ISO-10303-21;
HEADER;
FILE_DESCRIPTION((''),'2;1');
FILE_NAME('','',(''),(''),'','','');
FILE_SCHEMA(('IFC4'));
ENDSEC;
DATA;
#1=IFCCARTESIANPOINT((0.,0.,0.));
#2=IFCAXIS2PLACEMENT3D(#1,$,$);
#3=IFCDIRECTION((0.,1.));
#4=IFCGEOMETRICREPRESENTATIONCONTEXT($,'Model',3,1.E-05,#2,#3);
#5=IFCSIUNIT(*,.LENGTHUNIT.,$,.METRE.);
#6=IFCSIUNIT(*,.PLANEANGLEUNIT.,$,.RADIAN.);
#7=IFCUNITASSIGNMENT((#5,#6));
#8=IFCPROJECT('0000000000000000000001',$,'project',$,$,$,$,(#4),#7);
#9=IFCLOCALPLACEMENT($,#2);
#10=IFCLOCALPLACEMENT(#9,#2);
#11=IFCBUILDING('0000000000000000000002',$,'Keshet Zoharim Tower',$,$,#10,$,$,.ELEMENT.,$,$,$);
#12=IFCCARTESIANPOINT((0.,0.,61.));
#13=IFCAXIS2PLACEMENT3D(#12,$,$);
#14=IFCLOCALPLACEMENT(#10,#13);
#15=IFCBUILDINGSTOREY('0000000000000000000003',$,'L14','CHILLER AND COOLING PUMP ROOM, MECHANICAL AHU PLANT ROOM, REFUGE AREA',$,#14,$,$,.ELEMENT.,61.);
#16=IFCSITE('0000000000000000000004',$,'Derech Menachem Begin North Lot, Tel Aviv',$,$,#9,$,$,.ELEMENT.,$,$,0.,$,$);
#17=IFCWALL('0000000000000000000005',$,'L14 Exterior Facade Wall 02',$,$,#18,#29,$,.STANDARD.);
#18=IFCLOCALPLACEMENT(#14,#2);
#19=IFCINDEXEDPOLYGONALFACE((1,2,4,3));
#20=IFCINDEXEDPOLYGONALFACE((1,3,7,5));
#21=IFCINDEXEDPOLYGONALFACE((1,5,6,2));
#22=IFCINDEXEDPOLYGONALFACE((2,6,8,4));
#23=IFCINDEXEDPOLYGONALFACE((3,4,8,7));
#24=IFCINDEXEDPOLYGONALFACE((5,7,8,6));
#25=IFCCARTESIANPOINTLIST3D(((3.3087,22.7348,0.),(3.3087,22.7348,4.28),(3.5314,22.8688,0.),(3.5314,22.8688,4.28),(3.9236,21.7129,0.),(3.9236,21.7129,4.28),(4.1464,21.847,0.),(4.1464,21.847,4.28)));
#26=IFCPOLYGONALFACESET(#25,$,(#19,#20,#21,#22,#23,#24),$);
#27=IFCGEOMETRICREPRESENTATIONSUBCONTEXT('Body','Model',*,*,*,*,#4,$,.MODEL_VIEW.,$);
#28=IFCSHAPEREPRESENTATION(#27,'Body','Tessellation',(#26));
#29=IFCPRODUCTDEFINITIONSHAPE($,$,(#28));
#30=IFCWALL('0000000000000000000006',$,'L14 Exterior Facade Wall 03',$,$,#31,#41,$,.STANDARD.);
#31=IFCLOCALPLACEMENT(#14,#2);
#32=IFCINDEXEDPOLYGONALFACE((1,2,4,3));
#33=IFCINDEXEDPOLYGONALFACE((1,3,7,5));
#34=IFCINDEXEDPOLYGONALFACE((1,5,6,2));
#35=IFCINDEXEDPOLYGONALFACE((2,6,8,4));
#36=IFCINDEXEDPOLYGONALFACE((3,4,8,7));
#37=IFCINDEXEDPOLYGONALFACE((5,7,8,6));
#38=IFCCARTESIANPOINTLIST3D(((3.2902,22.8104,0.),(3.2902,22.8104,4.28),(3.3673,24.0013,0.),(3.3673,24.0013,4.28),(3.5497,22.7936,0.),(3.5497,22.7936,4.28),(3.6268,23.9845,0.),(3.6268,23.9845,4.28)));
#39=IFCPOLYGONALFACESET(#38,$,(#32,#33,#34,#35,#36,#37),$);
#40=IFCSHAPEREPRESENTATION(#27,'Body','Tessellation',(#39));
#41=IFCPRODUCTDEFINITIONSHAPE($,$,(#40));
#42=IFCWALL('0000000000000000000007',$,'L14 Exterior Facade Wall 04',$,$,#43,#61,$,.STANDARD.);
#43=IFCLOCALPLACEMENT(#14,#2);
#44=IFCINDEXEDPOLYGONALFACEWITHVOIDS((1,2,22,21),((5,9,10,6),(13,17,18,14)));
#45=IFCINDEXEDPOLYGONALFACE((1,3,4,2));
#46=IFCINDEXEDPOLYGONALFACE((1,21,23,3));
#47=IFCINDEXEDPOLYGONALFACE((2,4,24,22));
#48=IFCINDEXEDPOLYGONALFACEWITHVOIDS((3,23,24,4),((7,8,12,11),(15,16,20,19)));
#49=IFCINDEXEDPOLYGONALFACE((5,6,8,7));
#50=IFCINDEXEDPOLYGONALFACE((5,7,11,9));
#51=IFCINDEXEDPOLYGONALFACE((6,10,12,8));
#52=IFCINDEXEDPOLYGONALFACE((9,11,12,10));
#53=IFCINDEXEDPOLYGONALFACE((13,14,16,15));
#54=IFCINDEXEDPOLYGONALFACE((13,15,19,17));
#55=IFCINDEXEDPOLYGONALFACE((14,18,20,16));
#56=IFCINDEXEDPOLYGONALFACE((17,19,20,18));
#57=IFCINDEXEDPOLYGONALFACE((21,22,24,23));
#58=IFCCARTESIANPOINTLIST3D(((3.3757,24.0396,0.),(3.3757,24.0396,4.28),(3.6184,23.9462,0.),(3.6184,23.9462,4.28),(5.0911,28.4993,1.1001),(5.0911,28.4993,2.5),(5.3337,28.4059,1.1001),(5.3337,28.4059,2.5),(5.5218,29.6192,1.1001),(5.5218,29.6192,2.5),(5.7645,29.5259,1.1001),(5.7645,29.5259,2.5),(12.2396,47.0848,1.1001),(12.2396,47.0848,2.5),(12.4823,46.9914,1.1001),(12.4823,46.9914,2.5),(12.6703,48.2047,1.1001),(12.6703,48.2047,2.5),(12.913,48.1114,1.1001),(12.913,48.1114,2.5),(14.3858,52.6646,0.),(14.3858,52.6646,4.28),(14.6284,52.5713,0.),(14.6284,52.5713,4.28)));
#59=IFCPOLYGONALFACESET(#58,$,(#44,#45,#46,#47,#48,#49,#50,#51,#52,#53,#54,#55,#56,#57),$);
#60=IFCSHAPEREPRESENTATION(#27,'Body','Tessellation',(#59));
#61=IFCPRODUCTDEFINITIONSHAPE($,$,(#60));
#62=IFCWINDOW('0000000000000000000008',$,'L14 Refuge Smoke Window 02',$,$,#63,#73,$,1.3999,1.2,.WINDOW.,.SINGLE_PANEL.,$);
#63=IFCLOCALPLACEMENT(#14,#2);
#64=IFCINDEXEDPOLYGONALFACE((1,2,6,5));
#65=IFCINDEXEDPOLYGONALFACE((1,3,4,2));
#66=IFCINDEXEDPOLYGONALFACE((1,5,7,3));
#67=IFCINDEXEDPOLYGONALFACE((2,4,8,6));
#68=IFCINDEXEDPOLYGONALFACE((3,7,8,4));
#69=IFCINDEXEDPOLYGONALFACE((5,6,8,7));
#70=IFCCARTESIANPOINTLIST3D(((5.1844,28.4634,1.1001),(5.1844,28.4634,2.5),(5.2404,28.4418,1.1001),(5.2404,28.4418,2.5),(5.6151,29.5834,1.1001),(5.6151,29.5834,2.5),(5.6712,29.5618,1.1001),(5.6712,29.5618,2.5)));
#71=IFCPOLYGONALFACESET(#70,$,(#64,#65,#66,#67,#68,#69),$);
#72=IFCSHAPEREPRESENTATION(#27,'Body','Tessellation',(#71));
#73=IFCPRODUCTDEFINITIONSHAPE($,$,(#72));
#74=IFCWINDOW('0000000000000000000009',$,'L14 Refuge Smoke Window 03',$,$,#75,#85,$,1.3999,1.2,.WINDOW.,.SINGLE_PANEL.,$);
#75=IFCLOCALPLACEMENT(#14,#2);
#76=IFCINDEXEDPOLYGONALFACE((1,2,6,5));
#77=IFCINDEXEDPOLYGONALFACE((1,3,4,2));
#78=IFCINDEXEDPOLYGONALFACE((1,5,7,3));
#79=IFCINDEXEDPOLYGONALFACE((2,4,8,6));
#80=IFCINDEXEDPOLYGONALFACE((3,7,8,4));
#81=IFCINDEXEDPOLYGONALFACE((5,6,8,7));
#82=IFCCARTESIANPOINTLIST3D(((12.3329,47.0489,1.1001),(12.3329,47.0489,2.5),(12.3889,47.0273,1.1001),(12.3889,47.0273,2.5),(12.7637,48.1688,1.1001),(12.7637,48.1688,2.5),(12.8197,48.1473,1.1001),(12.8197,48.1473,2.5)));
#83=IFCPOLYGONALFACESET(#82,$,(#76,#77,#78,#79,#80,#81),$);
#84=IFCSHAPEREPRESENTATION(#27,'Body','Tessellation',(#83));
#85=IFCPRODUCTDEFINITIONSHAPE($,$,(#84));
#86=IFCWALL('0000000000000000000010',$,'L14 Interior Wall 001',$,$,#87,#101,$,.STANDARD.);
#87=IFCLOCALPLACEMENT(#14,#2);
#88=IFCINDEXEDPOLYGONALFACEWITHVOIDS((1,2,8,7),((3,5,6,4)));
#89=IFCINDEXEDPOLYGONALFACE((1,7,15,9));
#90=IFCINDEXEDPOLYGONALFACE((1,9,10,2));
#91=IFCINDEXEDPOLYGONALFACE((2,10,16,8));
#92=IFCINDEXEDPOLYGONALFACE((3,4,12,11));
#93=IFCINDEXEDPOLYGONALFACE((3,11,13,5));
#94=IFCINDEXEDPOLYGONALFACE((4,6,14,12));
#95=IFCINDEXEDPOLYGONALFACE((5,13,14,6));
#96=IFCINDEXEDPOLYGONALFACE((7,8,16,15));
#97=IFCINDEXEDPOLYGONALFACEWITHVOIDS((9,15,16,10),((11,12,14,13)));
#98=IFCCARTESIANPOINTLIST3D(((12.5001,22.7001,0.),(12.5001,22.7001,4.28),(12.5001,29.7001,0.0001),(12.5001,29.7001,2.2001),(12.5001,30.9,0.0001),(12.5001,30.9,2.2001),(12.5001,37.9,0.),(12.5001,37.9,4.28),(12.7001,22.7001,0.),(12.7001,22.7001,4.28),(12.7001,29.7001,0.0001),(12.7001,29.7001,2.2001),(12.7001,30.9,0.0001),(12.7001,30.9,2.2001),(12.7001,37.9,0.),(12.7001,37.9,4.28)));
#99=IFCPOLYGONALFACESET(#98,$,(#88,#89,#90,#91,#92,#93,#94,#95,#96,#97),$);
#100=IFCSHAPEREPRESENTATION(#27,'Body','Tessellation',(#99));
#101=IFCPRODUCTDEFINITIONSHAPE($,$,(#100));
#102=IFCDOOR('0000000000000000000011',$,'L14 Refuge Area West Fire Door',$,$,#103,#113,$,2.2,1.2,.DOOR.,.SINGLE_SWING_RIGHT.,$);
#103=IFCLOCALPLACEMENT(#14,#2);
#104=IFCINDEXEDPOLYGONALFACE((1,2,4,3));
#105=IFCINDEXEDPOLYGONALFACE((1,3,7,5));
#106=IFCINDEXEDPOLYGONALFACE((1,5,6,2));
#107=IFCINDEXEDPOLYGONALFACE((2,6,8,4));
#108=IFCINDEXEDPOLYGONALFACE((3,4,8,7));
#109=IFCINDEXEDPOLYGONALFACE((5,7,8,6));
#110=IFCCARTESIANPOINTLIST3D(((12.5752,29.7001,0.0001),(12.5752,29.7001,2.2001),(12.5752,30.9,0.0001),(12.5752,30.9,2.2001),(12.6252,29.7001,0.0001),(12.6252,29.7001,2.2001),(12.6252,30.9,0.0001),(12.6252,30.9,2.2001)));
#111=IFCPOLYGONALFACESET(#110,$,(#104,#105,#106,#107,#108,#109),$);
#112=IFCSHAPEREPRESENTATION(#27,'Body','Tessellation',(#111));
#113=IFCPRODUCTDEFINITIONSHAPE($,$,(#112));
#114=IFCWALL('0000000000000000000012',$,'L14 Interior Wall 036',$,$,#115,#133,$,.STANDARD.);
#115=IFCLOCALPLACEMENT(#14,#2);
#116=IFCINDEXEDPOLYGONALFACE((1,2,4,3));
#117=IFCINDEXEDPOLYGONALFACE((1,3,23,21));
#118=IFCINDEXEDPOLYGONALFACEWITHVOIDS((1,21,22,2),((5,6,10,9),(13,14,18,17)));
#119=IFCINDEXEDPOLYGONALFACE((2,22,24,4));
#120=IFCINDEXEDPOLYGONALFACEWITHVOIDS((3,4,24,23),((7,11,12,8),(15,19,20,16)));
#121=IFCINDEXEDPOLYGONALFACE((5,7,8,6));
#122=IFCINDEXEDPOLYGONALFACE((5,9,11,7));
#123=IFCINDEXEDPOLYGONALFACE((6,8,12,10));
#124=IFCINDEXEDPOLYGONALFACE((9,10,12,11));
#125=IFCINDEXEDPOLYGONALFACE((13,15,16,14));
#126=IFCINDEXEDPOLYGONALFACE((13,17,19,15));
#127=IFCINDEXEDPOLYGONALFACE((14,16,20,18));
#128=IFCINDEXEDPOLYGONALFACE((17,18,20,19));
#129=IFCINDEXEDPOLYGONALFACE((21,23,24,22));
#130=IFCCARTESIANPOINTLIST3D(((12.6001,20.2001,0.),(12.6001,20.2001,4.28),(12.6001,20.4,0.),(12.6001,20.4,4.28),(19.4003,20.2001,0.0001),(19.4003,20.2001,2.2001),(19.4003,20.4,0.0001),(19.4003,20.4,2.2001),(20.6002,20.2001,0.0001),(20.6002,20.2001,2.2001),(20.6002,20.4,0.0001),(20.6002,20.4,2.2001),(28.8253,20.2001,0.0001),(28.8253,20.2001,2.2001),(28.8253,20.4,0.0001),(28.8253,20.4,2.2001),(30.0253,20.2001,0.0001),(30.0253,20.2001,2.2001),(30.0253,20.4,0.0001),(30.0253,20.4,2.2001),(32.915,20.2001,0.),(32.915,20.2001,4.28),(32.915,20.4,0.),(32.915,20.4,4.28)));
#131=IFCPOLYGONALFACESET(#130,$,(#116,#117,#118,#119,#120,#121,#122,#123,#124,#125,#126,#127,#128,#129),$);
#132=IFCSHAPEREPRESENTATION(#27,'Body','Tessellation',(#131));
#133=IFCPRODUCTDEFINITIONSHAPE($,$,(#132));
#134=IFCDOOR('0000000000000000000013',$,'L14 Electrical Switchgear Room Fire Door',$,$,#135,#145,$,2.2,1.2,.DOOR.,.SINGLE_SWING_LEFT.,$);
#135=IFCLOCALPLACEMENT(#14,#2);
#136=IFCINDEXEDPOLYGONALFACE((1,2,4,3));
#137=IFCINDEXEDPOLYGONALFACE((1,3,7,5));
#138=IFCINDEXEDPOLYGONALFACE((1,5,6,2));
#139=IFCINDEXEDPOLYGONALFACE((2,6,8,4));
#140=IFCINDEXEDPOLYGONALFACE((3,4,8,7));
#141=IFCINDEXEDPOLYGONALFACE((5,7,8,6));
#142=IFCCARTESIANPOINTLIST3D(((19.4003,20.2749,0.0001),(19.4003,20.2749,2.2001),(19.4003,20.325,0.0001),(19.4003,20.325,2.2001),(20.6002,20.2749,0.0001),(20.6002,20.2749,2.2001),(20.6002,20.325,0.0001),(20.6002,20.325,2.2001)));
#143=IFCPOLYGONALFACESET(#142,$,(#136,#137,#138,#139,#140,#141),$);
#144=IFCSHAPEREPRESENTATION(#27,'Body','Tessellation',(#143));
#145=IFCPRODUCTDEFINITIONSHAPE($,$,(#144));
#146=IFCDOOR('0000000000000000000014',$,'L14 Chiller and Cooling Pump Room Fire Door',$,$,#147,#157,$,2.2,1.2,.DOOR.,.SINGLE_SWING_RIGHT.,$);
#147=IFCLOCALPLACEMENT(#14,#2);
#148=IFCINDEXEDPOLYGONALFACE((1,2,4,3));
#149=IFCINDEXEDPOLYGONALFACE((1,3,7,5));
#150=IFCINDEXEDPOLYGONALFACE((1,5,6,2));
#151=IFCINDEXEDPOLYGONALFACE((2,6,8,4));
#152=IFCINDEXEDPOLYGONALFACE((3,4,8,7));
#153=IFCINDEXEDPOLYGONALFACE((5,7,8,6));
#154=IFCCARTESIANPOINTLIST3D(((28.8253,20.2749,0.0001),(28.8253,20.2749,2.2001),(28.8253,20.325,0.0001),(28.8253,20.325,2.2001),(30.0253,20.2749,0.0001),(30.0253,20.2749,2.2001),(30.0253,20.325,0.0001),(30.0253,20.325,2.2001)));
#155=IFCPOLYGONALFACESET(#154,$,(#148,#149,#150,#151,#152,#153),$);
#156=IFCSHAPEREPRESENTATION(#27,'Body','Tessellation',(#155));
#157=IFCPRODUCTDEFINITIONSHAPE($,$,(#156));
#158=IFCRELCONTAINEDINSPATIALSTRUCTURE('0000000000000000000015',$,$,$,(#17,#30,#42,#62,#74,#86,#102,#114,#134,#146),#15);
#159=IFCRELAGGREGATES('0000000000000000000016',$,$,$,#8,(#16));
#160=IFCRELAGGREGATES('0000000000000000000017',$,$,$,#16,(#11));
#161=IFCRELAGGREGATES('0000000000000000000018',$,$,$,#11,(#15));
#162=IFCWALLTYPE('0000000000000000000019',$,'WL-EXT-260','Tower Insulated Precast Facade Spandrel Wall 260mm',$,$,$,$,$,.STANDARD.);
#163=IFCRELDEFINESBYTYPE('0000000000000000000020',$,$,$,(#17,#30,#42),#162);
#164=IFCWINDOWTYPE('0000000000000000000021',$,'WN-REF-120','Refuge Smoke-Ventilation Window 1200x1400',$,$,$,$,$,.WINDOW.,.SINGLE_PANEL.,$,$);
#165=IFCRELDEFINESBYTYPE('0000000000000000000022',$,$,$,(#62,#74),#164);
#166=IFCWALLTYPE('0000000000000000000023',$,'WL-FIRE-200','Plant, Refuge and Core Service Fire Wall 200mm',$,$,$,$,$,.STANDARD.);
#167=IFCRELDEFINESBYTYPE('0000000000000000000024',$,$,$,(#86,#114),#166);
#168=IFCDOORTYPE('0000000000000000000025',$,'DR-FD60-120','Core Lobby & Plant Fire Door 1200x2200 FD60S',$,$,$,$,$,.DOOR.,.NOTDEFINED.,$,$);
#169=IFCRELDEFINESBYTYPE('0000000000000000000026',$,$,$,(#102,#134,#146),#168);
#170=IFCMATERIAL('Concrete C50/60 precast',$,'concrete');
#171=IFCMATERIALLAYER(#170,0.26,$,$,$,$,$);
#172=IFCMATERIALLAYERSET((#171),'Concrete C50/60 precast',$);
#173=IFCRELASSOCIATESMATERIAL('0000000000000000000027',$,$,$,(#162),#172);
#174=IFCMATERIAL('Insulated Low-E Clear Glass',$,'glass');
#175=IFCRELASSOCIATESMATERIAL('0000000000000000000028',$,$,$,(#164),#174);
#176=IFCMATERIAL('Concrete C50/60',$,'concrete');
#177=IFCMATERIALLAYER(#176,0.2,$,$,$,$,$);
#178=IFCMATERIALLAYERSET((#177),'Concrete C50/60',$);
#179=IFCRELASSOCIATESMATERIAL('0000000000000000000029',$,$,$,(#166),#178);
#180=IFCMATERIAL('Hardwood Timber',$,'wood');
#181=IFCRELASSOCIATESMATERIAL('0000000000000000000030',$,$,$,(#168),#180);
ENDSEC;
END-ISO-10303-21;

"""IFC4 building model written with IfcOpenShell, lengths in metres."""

from ifc_helpers import new_model, si_unit, direction, frame, frame_2d, origin, place, context, subcontext, project, spatial, rectangle, extrude, material, layer, layer_set, type_object, element, fill, save


model = new_model("IFC4")

# Units and contexts
model_context = context("Model", 3, precision=1e-05, world=origin(), true_north=direction((0.0, 1.0)))
body_context = subcontext(model_context, "Body", "Model", "MODEL_VIEW")
ifc_project = project(units=[si_unit("LENGTHUNIT", "METRE"), si_unit("PLANEANGLEUNIT", "RADIAN")], contexts=[model_context])

# Site, building, storey
site_placement = place(None, origin())
site = spatial("IfcSite", under=ifc_project, at=site_placement, Name="Derech Menachem Begin North Lot, Tel Aviv", CompositionType="ELEMENT", RefElevation=0.0)
building_placement = place(site_placement, origin())
building = spatial("IfcBuilding", under=site, at=building_placement, Name="Keshet Zoharim Tower", CompositionType="ELEMENT")
storey_placement = place(building_placement, frame((0.0, 0.0, 61.0)))
storey = spatial("IfcBuildingStorey", under=building, at=storey_placement, Name="L14", Description="CHILLER AND COOLING PUMP ROOM, MECHANICAL AHU PLANT ROOM, REFUGE AREA", CompositionType="ELEMENT", Elevation=61.0)

# Walls
ifc_material_1 = material(Name="Concrete C50/60 precast", Category="concrete")
ifc_layer_1 = layer(ifc_material_1, 0.26)
ifc_layer_set_1 = layer_set([ifc_layer_1], Name="Concrete C50/60 precast")
wall_type_1 = type_object("IfcWallType", Name="WL-EXT-260", Description="Tower Insulated Precast Facade Spandrel Wall 260mm", PredefinedType="STANDARD", material=ifc_layer_set_1)
wall_1_placement = place(storey_placement, frame((4.0349, 21.78, 0.0), z_axis=(0.0, 0.0, 1.0), x_axis=(-0.515609, 0.856824, 0.0)))
element("IfcWall", 1, at=wall_1_placement, inside=storey, type_object=wall_type_1, Name="L14 Exterior Facade Wall 02", PredefinedType="STANDARD", context=body_context, shape_type="SweptSolid", body=[
    extrude(rectangle(XDim=1.1926, YDim=0.26, at=frame_2d((0.5962, 0.0))), origin(), (0.0, 0.0, 1.0), 4.28),
])
wall_2_placement = place(storey_placement, frame((3.4199, 22.802, 0.0), z_axis=(0.0, 0.0, 1.0), x_axis=(0.064645, 0.997908, 0.0)))
element("IfcWall", 2, at=wall_2_placement, inside=storey, type_object=wall_type_1, Name="L14 Exterior Facade Wall 03", PredefinedType="STANDARD", context=body_context, shape_type="SweptSolid", body=[
    extrude(rectangle(XDim=1.1934, YDim=0.26, at=frame_2d((0.5967, 0.0))), origin(), (0.0, 0.0, 1.0), 4.28),
])

# Wall, openings, windows
wall_3_placement = place(storey_placement, frame((3.4971, 23.9929, 0.0), z_axis=(0.0, 0.0, 1.0), x_axis=(0.35899, 0.933341, 0.0)))
wall_3 = element("IfcWall", 3, at=wall_3_placement, inside=storey, type_object=wall_type_1, Name="L14 Exterior Facade Wall 04", PredefinedType="STANDARD", context=body_context, shape_type="SweptSolid", body=[
    extrude(rectangle(XDim=30.6694, YDim=0.26, at=frame_2d((15.3347, 0.0))), origin(), (0.0, 0.0, 1.0), 4.28),
])
opening_1_placement = place(wall_3_placement, frame((4.7781, 0.0, 1.1001)))
opening_1 = element("IfcOpeningElement", 4, at=opening_1_placement, cuts=wall_3, PredefinedType="OPENING", context=body_context, shape_type="SweptSolid", body=[
    extrude(rectangle(XDim=1.2, YDim=1.3999, at=frame_2d((0.6001, 0.7))), frame((0.0, 0.1401, 0.0), z_axis=(0.0, -1.0, 0.0), x_axis=(1.0, 0.0, 0.0)), (0.0, 0.0, 1.0), 0.28),
])
opening_2_placement = place(wall_3_placement, frame((24.6909, 0.0, 1.1001)))
opening_2 = element("IfcOpeningElement", 5, at=opening_2_placement, cuts=wall_3, PredefinedType="OPENING", context=body_context, shape_type="SweptSolid", body=[
    extrude(rectangle(XDim=1.2, YDim=1.3999, at=frame_2d((0.6001, 0.7))), frame((0.0, 0.1401, 0.0), z_axis=(0.0, -1.0, 0.0), x_axis=(1.0, 0.0, 0.0)), (0.0, 0.0, 1.0), 0.28),
])
ifc_material_2 = material(Name="Insulated Low-E Clear Glass", Category="glass")
window_type = type_object("IfcWindowType", Name="WN-REF-120", Description="Refuge Smoke-Ventilation Window 1200x1400", PartitioningType="SINGLE_PANEL", PredefinedType="WINDOW", material=ifc_material_2)
window_1_placement = place(opening_1_placement, origin())
window_1 = element("IfcWindow", 6, at=window_1_placement, inside=storey, type_object=window_type, Name="L14 Refuge Smoke Window 02", OverallHeight=1.3999, OverallWidth=1.2, PartitioningType="SINGLE_PANEL", PredefinedType="WINDOW", context=body_context, shape_type="SweptSolid", body=[
    extrude(rectangle(XDim=1.2, YDim=1.3999, at=frame_2d((0.6001, 0.7))), frame((0.0, 0.03, 0.0), z_axis=(0.0, -1.0, 0.0), x_axis=(1.0, 0.0, 0.0)), (0.0, 0.0, 1.0), 0.0601),
])
fill(opening_1, window_1)
window_2_placement = place(opening_2_placement, origin())
window_2 = element("IfcWindow", 7, at=window_2_placement, inside=storey, type_object=window_type, Name="L14 Refuge Smoke Window 03", OverallHeight=1.3999, OverallWidth=1.2, PartitioningType="SINGLE_PANEL", PredefinedType="WINDOW", context=body_context, shape_type="SweptSolid", body=[
    extrude(rectangle(XDim=1.2, YDim=1.3999, at=frame_2d((0.6001, 0.7))), frame((0.0, 0.03, 0.0), z_axis=(0.0, -1.0, 0.0), x_axis=(1.0, 0.0, 0.0)), (0.0, 0.0, 1.0), 0.0601),
])
fill(opening_2, window_2)

# Wall, opening, door
ifc_material_3 = material(Name="Concrete C50/60", Category="concrete")
ifc_layer_2 = layer(ifc_material_3, 0.2)
ifc_layer_set_2 = layer_set([ifc_layer_2], Name="Concrete C50/60")
wall_type_2 = type_object("IfcWallType", Name="WL-FIRE-200", Description="Plant, Refuge and Core Service Fire Wall 200mm", PredefinedType="STANDARD", material=ifc_layer_set_2)
wall_4_placement = place(storey_placement, frame((12.6001, 22.7, 0.0), z_axis=(0.0, 0.0, 1.0), x_axis=(0.0, 1.0, 0.0)))
wall_4 = element("IfcWall", 8, at=wall_4_placement, inside=storey, type_object=wall_type_2, Name="L14 Interior Wall 001", PredefinedType="STANDARD", context=body_context, shape_type="SweptSolid", body=[
    extrude(rectangle(XDim=15.2, YDim=0.2, at=frame_2d((7.6001, 0.0))), origin(), (0.0, 0.0, 1.0), 4.28),
])
opening_3_placement = place(wall_4_placement, frame((7.0, 0.0, 0.0)))
opening_3 = element("IfcOpeningElement", 9, at=opening_3_placement, cuts=wall_4, PredefinedType="OPENING", context=body_context, shape_type="SweptSolid", body=[
    extrude(rectangle(XDim=1.2, YDim=2.2, at=frame_2d((0.6001, 1.1001))), frame((0.0, 0.1099, 0.0), z_axis=(0.0, -1.0, 0.0), x_axis=(1.0, 0.0, 0.0)), (0.0, 0.0, 1.0), 0.22),
])
ifc_material_4 = material(Name="Hardwood Timber", Category="wood")
door_type = type_object("IfcDoorType", Name="DR-FD60-120", Description="Core Lobby & Plant Fire Door 1200x2200 FD60S", OperationType="NOTDEFINED", PredefinedType="DOOR", material=ifc_material_4)
door_1_placement = place(opening_3_placement, origin())
door_1 = element("IfcDoor", 10, at=door_1_placement, inside=storey, type_object=door_type, Name="L14 Refuge Area West Fire Door", OperationType="SINGLE_SWING_RIGHT", OverallHeight=2.2, OverallWidth=1.2, PredefinedType="DOOR", context=body_context, shape_type="SweptSolid", body=[
    extrude(rectangle(XDim=1.2, YDim=2.2, at=frame_2d((0.6001, 1.1001))), frame((0.0, 0.0249, 0.0), z_axis=(0.0, -1.0, 0.0), x_axis=(1.0, 0.0, 0.0)), (0.0, 0.0, 1.0), 0.05),
])
fill(opening_3, door_1)

# Wall, openings, doors
wall_5_placement = place(storey_placement, frame((12.6001, 20.3, 0.0), z_axis=(0.0, 0.0, 1.0), x_axis=(1.0, 0.0, 0.0)))
wall_5 = element("IfcWall", 11, at=wall_5_placement, inside=storey, type_object=wall_type_2, Name="L14 Interior Wall 036", PredefinedType="STANDARD", context=body_context, shape_type="SweptSolid", body=[
    extrude(rectangle(XDim=20.3149, YDim=0.2, at=frame_2d((10.1575, 0.0))), origin(), (0.0, 0.0, 1.0), 4.28),
])
opening_4_placement = place(wall_5_placement, frame((6.8, 0.0, 0.0)))
opening_4 = element("IfcOpeningElement", 12, at=opening_4_placement, cuts=wall_5, PredefinedType="OPENING", context=body_context, shape_type="SweptSolid", body=[
    extrude(rectangle(XDim=1.2, YDim=2.2, at=frame_2d((0.6001, 1.1001))), frame((0.0, 0.1099, 0.0), z_axis=(0.0, -1.0, 0.0), x_axis=(1.0, 0.0, 0.0)), (0.0, 0.0, 1.0), 0.22),
])
opening_5_placement = place(wall_5_placement, frame((16.2251, 0.0, 0.0)))
opening_5 = element("IfcOpeningElement", 13, at=opening_5_placement, cuts=wall_5, PredefinedType="OPENING", context=body_context, shape_type="SweptSolid", body=[
    extrude(rectangle(XDim=1.2, YDim=2.2, at=frame_2d((0.6001, 1.1001))), frame((0.0, 0.1099, 0.0), z_axis=(0.0, -1.0, 0.0), x_axis=(1.0, 0.0, 0.0)), (0.0, 0.0, 1.0), 0.22),
])
door_2_placement = place(opening_4_placement, origin())
door_2 = element("IfcDoor", 14, at=door_2_placement, inside=storey, type_object=door_type, Name="L14 Electrical Switchgear Room Fire Door", OperationType="SINGLE_SWING_LEFT", OverallHeight=2.2, OverallWidth=1.2, PredefinedType="DOOR", context=body_context, shape_type="SweptSolid", body=[
    extrude(rectangle(XDim=1.2, YDim=2.2, at=frame_2d((0.6001, 1.1001))), frame((0.0, 0.0249, 0.0), z_axis=(0.0, -1.0, 0.0), x_axis=(1.0, 0.0, 0.0)), (0.0, 0.0, 1.0), 0.05),
])
fill(opening_4, door_2)
door_3_placement = place(opening_5_placement, origin())
door_3 = element("IfcDoor", 15, at=door_3_placement, inside=storey, type_object=door_type, Name="L14 Chiller and Cooling Pump Room Fire Door", OperationType="SINGLE_SWING_RIGHT", OverallHeight=2.2, OverallWidth=1.2, PredefinedType="DOOR", context=body_context, shape_type="SweptSolid", body=[
    extrude(rectangle(XDim=1.2, YDim=2.2, at=frame_2d((0.6001, 1.1001))), frame((0.0, 0.0249, 0.0), z_axis=(0.0, -1.0, 0.0), x_axis=(1.0, 0.0, 0.0)), (0.0, 0.0, 1.0), 0.05),
])
fill(opening_5, door_3)

save(model, "model.ifc")
